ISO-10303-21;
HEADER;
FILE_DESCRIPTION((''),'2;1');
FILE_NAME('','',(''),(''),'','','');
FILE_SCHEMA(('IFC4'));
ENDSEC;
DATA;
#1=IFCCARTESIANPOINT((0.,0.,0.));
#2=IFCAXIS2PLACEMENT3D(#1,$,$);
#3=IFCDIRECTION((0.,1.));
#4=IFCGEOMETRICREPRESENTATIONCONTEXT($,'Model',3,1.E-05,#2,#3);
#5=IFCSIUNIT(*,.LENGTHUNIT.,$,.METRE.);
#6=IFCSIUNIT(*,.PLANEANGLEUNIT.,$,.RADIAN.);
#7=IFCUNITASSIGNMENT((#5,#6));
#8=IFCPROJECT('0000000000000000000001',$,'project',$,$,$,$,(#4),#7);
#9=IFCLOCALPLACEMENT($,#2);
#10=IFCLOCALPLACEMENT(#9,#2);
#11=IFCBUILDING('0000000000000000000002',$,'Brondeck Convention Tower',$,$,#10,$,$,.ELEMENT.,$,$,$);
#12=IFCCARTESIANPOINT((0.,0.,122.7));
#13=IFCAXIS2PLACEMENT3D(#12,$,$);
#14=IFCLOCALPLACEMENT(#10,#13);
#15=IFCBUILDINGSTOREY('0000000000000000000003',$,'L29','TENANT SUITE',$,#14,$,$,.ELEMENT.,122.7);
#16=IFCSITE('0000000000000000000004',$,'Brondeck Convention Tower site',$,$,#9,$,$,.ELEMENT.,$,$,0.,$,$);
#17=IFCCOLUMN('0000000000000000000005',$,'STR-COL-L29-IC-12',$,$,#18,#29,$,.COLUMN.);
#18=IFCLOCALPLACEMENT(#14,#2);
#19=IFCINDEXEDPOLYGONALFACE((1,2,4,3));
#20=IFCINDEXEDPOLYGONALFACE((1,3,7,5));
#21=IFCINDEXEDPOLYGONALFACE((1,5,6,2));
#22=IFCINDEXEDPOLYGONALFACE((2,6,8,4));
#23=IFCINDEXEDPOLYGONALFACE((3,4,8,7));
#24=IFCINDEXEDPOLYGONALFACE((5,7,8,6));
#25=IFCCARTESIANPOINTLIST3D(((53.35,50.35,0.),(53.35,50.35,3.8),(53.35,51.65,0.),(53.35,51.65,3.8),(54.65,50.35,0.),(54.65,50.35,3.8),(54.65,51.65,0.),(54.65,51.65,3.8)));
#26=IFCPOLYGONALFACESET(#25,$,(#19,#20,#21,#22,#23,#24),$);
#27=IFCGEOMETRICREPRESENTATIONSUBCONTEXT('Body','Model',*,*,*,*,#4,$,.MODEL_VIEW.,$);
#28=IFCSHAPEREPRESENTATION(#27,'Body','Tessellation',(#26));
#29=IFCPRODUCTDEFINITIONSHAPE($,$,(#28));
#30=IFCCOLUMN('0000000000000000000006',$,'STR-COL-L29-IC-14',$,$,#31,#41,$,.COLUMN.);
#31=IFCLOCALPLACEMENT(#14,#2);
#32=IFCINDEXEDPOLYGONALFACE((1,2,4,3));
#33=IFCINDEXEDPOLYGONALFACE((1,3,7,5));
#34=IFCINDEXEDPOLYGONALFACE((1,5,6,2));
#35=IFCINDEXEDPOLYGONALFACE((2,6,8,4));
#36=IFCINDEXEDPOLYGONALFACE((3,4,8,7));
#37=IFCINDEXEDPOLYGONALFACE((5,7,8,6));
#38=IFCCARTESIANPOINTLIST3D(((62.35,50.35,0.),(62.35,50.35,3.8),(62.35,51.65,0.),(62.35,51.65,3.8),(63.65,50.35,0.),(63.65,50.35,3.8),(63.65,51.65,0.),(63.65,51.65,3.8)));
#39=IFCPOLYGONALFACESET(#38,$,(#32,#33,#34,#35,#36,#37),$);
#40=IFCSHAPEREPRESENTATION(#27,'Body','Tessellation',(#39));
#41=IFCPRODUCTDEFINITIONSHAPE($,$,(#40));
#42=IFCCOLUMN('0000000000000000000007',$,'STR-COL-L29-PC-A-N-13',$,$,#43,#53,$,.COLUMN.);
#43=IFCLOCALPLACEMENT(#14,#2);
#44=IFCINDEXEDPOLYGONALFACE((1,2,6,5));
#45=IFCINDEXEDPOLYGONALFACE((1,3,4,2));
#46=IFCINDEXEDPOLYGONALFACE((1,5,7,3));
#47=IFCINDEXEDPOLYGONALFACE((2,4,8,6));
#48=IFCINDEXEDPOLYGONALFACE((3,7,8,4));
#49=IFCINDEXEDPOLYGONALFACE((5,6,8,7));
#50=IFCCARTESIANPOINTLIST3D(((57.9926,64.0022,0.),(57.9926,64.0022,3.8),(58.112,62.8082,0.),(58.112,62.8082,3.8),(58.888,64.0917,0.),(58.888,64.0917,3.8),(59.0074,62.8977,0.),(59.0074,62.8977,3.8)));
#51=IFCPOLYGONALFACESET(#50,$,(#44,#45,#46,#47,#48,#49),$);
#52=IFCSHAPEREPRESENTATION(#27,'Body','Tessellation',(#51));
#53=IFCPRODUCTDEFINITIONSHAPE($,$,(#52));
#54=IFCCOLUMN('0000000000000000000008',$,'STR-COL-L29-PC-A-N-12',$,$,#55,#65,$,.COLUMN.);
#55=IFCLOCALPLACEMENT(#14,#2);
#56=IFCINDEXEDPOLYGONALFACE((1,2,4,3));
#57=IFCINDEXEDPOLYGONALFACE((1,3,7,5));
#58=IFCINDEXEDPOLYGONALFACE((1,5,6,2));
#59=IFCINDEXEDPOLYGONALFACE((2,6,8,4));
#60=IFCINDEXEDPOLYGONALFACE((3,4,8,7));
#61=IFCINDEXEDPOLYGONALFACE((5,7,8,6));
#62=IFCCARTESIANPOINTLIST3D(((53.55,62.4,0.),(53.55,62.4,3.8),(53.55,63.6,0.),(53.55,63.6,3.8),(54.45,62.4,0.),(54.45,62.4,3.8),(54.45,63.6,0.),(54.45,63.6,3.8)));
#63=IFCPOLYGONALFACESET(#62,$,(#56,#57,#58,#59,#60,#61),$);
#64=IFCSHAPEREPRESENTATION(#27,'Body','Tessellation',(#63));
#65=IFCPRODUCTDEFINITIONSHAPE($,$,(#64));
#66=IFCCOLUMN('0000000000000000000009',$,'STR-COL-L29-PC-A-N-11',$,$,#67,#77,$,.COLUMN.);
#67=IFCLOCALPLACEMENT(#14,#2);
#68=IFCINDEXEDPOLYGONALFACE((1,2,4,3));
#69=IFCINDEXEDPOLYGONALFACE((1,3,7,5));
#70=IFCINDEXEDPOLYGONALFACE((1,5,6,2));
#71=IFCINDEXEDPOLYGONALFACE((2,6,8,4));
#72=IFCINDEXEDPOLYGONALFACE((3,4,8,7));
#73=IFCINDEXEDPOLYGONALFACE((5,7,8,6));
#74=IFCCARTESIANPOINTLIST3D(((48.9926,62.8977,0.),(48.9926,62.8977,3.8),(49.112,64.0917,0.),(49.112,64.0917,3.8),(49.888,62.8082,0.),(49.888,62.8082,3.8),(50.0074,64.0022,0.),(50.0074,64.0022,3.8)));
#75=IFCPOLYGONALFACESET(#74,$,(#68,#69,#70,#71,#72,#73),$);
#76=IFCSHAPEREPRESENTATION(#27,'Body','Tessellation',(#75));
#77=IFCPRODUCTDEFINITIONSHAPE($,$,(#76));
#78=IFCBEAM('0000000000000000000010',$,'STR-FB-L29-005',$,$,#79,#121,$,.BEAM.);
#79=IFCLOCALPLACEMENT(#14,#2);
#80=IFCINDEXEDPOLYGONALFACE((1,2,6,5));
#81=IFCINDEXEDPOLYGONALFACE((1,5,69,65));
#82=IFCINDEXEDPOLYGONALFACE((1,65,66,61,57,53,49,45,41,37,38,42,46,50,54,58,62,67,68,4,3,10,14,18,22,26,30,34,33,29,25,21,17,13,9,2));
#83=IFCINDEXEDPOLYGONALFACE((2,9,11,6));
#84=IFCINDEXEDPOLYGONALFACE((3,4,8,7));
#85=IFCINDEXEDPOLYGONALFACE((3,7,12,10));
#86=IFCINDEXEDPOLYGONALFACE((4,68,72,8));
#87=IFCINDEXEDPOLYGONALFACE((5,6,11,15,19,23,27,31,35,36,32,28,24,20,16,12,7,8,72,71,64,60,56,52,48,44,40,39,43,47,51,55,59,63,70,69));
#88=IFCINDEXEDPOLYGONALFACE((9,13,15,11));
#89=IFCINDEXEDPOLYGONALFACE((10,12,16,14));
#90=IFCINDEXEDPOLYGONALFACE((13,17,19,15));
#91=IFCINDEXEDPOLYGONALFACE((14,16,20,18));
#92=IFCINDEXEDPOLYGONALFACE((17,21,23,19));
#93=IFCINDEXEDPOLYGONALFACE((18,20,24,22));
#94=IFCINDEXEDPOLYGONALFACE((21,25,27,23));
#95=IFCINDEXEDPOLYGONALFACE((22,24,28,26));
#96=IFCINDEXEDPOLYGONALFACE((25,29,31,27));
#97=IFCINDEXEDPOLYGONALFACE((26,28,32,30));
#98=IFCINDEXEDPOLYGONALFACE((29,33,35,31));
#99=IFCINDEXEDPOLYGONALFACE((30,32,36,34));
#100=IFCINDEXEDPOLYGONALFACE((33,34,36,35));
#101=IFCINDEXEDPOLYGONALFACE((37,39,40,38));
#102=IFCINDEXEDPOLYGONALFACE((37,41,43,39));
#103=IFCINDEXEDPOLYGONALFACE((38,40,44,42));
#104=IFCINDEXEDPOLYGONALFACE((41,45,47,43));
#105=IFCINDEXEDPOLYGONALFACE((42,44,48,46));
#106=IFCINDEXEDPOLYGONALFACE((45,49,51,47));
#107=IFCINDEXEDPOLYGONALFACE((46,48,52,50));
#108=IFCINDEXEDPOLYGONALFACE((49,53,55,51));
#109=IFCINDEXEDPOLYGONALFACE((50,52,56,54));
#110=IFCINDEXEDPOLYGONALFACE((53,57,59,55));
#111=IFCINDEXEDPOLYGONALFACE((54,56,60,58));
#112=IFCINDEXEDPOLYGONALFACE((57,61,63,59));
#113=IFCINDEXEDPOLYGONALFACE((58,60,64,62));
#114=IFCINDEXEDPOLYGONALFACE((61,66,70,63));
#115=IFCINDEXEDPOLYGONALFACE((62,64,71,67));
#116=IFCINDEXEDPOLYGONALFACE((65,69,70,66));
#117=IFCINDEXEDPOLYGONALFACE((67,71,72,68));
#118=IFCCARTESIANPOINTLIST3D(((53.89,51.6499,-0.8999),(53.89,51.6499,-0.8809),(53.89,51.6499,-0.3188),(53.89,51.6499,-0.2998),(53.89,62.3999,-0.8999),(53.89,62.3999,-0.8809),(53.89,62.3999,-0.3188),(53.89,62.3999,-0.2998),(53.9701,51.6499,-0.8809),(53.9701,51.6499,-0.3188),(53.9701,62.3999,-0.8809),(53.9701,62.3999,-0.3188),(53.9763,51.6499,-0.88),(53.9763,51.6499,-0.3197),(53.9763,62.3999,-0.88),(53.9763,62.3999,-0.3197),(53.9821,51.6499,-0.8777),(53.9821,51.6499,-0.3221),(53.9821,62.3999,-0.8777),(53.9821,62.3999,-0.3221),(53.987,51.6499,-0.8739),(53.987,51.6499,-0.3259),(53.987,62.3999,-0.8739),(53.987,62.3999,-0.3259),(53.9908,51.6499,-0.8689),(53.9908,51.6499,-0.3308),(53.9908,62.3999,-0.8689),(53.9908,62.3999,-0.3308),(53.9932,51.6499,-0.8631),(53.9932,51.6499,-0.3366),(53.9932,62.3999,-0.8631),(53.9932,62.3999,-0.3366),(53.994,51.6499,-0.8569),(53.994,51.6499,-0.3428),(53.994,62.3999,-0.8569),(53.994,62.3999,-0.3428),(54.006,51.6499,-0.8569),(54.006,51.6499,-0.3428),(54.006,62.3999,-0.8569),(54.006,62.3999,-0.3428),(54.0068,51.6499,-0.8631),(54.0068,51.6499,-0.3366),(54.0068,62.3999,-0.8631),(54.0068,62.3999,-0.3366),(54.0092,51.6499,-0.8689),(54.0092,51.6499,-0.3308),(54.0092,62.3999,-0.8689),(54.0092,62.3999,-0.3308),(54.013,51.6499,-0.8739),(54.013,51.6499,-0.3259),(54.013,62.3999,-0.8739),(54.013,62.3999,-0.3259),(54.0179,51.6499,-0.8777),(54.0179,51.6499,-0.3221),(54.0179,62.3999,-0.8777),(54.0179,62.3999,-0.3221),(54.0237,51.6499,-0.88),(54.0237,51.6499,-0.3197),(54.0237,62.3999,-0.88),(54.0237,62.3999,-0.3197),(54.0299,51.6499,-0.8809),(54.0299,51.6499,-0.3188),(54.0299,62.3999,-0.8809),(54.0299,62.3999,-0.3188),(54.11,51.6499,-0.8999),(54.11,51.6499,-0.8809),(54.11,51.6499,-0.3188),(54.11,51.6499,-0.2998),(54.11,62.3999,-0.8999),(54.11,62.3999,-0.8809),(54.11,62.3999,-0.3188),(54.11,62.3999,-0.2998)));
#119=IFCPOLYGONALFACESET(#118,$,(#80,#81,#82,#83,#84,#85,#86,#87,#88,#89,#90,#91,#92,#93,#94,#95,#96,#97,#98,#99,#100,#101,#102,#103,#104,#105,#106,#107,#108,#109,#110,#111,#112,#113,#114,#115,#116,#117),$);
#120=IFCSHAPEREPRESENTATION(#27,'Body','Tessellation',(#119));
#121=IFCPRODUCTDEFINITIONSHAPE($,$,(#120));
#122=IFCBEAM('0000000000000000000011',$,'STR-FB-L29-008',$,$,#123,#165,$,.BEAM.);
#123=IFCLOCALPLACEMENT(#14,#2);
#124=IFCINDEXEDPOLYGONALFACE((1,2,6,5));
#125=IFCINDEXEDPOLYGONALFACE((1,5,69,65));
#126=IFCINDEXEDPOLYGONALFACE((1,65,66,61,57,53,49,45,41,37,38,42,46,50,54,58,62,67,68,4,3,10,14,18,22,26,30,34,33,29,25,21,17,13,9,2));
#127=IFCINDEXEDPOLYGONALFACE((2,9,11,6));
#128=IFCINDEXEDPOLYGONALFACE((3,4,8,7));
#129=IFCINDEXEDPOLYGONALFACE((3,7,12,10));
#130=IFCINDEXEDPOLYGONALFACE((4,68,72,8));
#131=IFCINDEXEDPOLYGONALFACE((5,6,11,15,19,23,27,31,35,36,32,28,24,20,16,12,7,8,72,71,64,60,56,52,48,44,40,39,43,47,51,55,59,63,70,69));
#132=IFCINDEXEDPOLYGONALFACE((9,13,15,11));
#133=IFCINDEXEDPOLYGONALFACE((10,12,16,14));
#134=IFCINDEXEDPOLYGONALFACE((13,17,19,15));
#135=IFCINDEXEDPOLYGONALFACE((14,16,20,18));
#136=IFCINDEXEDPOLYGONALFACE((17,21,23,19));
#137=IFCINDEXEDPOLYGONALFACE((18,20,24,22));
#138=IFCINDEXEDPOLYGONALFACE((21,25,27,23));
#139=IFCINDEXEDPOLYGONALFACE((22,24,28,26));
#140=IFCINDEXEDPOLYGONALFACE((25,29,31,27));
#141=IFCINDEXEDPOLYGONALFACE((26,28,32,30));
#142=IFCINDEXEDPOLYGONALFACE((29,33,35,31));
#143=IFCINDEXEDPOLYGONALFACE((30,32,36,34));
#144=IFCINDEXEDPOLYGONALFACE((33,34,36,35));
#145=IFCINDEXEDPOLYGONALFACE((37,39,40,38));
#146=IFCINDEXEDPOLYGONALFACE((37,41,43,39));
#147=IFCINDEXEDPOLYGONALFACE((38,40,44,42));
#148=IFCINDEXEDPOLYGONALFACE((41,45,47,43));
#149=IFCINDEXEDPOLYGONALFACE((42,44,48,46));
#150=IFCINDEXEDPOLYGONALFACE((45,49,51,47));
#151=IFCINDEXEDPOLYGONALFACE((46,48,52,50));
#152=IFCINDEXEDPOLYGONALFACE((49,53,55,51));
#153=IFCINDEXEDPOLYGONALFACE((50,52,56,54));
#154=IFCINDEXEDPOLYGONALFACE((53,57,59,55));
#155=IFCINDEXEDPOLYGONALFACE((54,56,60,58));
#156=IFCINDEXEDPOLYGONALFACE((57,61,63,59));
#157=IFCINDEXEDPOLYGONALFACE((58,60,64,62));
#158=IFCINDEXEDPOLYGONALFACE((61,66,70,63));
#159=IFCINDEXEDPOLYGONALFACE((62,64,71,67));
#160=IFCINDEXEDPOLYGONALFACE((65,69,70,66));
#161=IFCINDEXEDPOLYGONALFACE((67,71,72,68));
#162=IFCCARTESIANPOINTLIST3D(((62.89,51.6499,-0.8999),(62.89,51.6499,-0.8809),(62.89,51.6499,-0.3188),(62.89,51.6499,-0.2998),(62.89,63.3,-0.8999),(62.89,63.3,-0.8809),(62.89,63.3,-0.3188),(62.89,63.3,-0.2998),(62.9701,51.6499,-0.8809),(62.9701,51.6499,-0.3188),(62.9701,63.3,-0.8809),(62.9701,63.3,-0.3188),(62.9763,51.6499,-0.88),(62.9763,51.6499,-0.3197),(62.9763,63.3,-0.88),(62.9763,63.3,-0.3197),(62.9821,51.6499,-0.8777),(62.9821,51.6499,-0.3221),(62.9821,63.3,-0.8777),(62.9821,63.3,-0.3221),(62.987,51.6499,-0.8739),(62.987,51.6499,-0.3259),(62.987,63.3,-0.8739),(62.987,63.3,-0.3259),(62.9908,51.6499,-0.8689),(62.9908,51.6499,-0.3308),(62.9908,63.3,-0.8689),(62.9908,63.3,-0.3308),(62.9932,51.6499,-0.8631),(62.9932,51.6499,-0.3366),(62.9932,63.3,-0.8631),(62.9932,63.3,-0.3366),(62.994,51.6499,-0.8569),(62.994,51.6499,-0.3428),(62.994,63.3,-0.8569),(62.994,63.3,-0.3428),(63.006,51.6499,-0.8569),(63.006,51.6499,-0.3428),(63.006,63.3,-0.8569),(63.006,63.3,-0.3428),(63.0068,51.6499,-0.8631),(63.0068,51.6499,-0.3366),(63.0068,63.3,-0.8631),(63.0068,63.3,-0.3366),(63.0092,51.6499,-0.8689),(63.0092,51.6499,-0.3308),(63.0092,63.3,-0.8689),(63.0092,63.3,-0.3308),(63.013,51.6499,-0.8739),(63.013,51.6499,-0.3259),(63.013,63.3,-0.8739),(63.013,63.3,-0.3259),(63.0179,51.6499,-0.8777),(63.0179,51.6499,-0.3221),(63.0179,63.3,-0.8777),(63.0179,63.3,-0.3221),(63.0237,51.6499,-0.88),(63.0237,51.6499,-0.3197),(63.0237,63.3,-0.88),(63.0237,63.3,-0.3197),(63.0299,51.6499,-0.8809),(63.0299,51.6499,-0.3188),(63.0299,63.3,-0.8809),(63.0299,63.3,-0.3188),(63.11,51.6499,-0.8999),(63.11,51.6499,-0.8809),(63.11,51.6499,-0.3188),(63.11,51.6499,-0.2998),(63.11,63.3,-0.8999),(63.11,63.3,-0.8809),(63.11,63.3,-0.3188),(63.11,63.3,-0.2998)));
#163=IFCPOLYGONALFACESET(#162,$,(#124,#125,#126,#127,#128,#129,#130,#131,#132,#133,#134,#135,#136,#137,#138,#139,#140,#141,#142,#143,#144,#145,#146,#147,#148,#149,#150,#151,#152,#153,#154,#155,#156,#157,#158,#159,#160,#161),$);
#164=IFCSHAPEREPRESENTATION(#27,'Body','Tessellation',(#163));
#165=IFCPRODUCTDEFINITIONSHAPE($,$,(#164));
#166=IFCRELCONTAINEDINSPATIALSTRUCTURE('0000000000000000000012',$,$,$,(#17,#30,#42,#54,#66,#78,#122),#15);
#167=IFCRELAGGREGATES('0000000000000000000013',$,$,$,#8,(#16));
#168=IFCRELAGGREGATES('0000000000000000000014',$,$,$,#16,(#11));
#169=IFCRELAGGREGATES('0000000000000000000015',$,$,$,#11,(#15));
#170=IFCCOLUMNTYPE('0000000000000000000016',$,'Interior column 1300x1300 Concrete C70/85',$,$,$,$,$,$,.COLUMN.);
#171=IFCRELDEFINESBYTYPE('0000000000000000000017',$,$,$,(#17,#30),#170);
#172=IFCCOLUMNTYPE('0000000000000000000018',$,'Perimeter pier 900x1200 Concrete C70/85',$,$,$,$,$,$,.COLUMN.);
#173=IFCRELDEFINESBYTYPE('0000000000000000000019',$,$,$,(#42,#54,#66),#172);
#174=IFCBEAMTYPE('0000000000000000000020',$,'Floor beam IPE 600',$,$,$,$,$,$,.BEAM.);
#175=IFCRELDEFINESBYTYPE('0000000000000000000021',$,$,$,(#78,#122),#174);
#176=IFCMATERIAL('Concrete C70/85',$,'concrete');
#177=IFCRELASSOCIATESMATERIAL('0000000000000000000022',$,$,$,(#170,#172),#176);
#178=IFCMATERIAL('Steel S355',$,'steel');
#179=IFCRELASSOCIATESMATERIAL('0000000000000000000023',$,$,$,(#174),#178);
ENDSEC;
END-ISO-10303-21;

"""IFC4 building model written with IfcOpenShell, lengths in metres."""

from ifc_helpers import new_model, si_unit, direction, frame, origin, origin_2d, place, context, subcontext, project, spatial, rectangle, i_section, extrude, material, material_profile, profile_set, type_object, element, save


model = new_model("IFC4")

# Units and contexts
model_context = context("Model", 3, precision=1e-05, world=origin(), true_north=direction((0.0, 1.0)))
body_context = subcontext(model_context, "Body", "Model", "MODEL_VIEW")
ifc_project = project(units=[si_unit("LENGTHUNIT", "METRE"), si_unit("PLANEANGLEUNIT", "RADIAN")], contexts=[model_context])

# Site, building, storey
site_placement = place(None, origin())
site = spatial("IfcSite", under=ifc_project, at=site_placement, Name="Brondeck Convention Tower site", CompositionType="ELEMENT", RefElevation=0.0)
building_placement = place(site_placement, origin())
building = spatial("IfcBuilding", under=site, at=building_placement, Name="Brondeck Convention Tower", CompositionType="ELEMENT")
storey_placement = place(building_placement, frame((0.0, 0.0, 122.7)))
storey = spatial("IfcBuildingStorey", under=building, at=storey_placement, Name="L29", Description="TENANT SUITE", CompositionType="ELEMENT", Elevation=122.7)

# Columns
ifc_material_1 = material(Name="Concrete C70/85", Category="concrete")
ifc_material_profile_1 = material_profile(ifc_material_1, rectangle(XDim=1.3, YDim=1.3, at=origin_2d()), Name="Interior column 1300x1300 Concrete C70/85")
ifc_profile_set_1 = profile_set([ifc_material_profile_1], Name="Concrete C70/85")
column_type_1 = type_object("IfcColumnType", Name="Interior column 1300x1300 Concrete C70/85", PredefinedType="COLUMN", material=ifc_profile_set_1)
for number, where, z_axis, x_axis, name in (
    (1, (54.0, 51.0, 0.0), (0.0, 0.0, 1.0), (1.0, 0.0, 0.0), "STR-COL-L29-IC-12"),
    (2, (63.0, 51.0, 0.0), (0.0, 0.0, 1.0), (1.0, 0.0, 0.0), "STR-COL-L29-IC-14"),
):
    element("IfcColumn", number, at=place(storey_placement, frame(where, z_axis=z_axis, x_axis=x_axis)), inside=storey, type_object=column_type_1, Name=name, PredefinedType="COLUMN", context=body_context, shape_type="SweptSolid", body=[
        extrude(rectangle(XDim=1.3, YDim=1.3, at=origin_2d()), origin(), (0.0, 0.0, 1.0), 3.8),
    ])
ifc_material_profile_2 = material_profile(ifc_material_1, rectangle(XDim=0.8999, YDim=1.2, at=origin_2d()), Name="Perimeter pier 900x1200 Concrete C70/85")
ifc_profile_set_2 = profile_set([ifc_material_profile_2], Name="Concrete C70/85")
column_type_2 = type_object("IfcColumnType", Name="Perimeter pier 900x1200 Concrete C70/85", PredefinedType="COLUMN", material=ifc_profile_set_2)
for number, where, z_axis, x_axis, name in (
    (3, (58.5, 63.45, 0.0), (0.0, 0.0, 1.0), (-0.995037, -0.099504, 0.0), "STR-COL-L29-PC-A-N-13"),
    (4, (54.0, 63.0, 0.0), (0.0, 0.0, 1.0), (-1.0, 0.0, 0.0), "STR-COL-L29-PC-A-N-12"),
    (5, (49.5, 63.45, 0.0), (0.0, 0.0, 1.0), (-0.995037, 0.099504, 0.0), "STR-COL-L29-PC-A-N-11"),
):
    element("IfcColumn", number, at=place(storey_placement, frame(where, z_axis=z_axis, x_axis=x_axis)), inside=storey, type_object=column_type_2, Name=name, PredefinedType="COLUMN", context=body_context, shape_type="SweptSolid", body=[
        extrude(rectangle(XDim=0.8999, YDim=1.2, at=origin_2d()), origin(), (0.0, 0.0, 1.0), 3.8),
    ])

# Beams
ifc_material_2 = material(Name="Steel S355", Category="steel")
ifc_material_profile_3 = material_profile(ifc_material_2, i_section(OverallWidth=0.22, OverallDepth=0.6001, WebThickness=0.012, FlangeThickness=0.019, FilletRadius=0.0239, at=origin_2d()), Name="IPE 600")
ifc_profile_set_3 = profile_set([ifc_material_profile_3], Name="Steel S355")
beam_type_1 = type_object("IfcBeamType", Name="Floor beam IPE 600", PredefinedType="BEAM", material=ifc_profile_set_3)
beam_1_placement = place(storey_placement, frame((54.0, 51.6499, -0.5999), z_axis=(0.0, 1.0, 0.0), x_axis=(-1.0, 0.0, 0.0)))
element("IfcBeam", 6, at=beam_1_placement, inside=storey, type_object=beam_type_1, Name="STR-FB-L29-005", PredefinedType="BEAM", context=body_context, shape_type="SweptSolid", body=[
    extrude(i_section(OverallWidth=0.22, OverallDepth=0.6001, WebThickness=0.012, FlangeThickness=0.019, FilletRadius=0.0239, at=origin_2d()), origin(), (0.0, 0.0, 1.0), 10.75),
])
beam_2_placement = place(storey_placement, frame((63.0, 51.6499, -0.5999), z_axis=(0.0, 1.0, 0.0), x_axis=(-1.0, 0.0, 0.0)))
element("IfcBeam", 7, at=beam_2_placement, inside=storey, type_object=beam_type_1, Name="STR-FB-L29-008", PredefinedType="BEAM", context=body_context, shape_type="SweptSolid", body=[
    extrude(i_section(OverallWidth=0.22, OverallDepth=0.6001, WebThickness=0.012, FlangeThickness=0.019, FilletRadius=0.0239, at=origin_2d()), origin(), (0.0, 0.0, 1.0), 11.6501),
])

save(model, "model.ifc")
